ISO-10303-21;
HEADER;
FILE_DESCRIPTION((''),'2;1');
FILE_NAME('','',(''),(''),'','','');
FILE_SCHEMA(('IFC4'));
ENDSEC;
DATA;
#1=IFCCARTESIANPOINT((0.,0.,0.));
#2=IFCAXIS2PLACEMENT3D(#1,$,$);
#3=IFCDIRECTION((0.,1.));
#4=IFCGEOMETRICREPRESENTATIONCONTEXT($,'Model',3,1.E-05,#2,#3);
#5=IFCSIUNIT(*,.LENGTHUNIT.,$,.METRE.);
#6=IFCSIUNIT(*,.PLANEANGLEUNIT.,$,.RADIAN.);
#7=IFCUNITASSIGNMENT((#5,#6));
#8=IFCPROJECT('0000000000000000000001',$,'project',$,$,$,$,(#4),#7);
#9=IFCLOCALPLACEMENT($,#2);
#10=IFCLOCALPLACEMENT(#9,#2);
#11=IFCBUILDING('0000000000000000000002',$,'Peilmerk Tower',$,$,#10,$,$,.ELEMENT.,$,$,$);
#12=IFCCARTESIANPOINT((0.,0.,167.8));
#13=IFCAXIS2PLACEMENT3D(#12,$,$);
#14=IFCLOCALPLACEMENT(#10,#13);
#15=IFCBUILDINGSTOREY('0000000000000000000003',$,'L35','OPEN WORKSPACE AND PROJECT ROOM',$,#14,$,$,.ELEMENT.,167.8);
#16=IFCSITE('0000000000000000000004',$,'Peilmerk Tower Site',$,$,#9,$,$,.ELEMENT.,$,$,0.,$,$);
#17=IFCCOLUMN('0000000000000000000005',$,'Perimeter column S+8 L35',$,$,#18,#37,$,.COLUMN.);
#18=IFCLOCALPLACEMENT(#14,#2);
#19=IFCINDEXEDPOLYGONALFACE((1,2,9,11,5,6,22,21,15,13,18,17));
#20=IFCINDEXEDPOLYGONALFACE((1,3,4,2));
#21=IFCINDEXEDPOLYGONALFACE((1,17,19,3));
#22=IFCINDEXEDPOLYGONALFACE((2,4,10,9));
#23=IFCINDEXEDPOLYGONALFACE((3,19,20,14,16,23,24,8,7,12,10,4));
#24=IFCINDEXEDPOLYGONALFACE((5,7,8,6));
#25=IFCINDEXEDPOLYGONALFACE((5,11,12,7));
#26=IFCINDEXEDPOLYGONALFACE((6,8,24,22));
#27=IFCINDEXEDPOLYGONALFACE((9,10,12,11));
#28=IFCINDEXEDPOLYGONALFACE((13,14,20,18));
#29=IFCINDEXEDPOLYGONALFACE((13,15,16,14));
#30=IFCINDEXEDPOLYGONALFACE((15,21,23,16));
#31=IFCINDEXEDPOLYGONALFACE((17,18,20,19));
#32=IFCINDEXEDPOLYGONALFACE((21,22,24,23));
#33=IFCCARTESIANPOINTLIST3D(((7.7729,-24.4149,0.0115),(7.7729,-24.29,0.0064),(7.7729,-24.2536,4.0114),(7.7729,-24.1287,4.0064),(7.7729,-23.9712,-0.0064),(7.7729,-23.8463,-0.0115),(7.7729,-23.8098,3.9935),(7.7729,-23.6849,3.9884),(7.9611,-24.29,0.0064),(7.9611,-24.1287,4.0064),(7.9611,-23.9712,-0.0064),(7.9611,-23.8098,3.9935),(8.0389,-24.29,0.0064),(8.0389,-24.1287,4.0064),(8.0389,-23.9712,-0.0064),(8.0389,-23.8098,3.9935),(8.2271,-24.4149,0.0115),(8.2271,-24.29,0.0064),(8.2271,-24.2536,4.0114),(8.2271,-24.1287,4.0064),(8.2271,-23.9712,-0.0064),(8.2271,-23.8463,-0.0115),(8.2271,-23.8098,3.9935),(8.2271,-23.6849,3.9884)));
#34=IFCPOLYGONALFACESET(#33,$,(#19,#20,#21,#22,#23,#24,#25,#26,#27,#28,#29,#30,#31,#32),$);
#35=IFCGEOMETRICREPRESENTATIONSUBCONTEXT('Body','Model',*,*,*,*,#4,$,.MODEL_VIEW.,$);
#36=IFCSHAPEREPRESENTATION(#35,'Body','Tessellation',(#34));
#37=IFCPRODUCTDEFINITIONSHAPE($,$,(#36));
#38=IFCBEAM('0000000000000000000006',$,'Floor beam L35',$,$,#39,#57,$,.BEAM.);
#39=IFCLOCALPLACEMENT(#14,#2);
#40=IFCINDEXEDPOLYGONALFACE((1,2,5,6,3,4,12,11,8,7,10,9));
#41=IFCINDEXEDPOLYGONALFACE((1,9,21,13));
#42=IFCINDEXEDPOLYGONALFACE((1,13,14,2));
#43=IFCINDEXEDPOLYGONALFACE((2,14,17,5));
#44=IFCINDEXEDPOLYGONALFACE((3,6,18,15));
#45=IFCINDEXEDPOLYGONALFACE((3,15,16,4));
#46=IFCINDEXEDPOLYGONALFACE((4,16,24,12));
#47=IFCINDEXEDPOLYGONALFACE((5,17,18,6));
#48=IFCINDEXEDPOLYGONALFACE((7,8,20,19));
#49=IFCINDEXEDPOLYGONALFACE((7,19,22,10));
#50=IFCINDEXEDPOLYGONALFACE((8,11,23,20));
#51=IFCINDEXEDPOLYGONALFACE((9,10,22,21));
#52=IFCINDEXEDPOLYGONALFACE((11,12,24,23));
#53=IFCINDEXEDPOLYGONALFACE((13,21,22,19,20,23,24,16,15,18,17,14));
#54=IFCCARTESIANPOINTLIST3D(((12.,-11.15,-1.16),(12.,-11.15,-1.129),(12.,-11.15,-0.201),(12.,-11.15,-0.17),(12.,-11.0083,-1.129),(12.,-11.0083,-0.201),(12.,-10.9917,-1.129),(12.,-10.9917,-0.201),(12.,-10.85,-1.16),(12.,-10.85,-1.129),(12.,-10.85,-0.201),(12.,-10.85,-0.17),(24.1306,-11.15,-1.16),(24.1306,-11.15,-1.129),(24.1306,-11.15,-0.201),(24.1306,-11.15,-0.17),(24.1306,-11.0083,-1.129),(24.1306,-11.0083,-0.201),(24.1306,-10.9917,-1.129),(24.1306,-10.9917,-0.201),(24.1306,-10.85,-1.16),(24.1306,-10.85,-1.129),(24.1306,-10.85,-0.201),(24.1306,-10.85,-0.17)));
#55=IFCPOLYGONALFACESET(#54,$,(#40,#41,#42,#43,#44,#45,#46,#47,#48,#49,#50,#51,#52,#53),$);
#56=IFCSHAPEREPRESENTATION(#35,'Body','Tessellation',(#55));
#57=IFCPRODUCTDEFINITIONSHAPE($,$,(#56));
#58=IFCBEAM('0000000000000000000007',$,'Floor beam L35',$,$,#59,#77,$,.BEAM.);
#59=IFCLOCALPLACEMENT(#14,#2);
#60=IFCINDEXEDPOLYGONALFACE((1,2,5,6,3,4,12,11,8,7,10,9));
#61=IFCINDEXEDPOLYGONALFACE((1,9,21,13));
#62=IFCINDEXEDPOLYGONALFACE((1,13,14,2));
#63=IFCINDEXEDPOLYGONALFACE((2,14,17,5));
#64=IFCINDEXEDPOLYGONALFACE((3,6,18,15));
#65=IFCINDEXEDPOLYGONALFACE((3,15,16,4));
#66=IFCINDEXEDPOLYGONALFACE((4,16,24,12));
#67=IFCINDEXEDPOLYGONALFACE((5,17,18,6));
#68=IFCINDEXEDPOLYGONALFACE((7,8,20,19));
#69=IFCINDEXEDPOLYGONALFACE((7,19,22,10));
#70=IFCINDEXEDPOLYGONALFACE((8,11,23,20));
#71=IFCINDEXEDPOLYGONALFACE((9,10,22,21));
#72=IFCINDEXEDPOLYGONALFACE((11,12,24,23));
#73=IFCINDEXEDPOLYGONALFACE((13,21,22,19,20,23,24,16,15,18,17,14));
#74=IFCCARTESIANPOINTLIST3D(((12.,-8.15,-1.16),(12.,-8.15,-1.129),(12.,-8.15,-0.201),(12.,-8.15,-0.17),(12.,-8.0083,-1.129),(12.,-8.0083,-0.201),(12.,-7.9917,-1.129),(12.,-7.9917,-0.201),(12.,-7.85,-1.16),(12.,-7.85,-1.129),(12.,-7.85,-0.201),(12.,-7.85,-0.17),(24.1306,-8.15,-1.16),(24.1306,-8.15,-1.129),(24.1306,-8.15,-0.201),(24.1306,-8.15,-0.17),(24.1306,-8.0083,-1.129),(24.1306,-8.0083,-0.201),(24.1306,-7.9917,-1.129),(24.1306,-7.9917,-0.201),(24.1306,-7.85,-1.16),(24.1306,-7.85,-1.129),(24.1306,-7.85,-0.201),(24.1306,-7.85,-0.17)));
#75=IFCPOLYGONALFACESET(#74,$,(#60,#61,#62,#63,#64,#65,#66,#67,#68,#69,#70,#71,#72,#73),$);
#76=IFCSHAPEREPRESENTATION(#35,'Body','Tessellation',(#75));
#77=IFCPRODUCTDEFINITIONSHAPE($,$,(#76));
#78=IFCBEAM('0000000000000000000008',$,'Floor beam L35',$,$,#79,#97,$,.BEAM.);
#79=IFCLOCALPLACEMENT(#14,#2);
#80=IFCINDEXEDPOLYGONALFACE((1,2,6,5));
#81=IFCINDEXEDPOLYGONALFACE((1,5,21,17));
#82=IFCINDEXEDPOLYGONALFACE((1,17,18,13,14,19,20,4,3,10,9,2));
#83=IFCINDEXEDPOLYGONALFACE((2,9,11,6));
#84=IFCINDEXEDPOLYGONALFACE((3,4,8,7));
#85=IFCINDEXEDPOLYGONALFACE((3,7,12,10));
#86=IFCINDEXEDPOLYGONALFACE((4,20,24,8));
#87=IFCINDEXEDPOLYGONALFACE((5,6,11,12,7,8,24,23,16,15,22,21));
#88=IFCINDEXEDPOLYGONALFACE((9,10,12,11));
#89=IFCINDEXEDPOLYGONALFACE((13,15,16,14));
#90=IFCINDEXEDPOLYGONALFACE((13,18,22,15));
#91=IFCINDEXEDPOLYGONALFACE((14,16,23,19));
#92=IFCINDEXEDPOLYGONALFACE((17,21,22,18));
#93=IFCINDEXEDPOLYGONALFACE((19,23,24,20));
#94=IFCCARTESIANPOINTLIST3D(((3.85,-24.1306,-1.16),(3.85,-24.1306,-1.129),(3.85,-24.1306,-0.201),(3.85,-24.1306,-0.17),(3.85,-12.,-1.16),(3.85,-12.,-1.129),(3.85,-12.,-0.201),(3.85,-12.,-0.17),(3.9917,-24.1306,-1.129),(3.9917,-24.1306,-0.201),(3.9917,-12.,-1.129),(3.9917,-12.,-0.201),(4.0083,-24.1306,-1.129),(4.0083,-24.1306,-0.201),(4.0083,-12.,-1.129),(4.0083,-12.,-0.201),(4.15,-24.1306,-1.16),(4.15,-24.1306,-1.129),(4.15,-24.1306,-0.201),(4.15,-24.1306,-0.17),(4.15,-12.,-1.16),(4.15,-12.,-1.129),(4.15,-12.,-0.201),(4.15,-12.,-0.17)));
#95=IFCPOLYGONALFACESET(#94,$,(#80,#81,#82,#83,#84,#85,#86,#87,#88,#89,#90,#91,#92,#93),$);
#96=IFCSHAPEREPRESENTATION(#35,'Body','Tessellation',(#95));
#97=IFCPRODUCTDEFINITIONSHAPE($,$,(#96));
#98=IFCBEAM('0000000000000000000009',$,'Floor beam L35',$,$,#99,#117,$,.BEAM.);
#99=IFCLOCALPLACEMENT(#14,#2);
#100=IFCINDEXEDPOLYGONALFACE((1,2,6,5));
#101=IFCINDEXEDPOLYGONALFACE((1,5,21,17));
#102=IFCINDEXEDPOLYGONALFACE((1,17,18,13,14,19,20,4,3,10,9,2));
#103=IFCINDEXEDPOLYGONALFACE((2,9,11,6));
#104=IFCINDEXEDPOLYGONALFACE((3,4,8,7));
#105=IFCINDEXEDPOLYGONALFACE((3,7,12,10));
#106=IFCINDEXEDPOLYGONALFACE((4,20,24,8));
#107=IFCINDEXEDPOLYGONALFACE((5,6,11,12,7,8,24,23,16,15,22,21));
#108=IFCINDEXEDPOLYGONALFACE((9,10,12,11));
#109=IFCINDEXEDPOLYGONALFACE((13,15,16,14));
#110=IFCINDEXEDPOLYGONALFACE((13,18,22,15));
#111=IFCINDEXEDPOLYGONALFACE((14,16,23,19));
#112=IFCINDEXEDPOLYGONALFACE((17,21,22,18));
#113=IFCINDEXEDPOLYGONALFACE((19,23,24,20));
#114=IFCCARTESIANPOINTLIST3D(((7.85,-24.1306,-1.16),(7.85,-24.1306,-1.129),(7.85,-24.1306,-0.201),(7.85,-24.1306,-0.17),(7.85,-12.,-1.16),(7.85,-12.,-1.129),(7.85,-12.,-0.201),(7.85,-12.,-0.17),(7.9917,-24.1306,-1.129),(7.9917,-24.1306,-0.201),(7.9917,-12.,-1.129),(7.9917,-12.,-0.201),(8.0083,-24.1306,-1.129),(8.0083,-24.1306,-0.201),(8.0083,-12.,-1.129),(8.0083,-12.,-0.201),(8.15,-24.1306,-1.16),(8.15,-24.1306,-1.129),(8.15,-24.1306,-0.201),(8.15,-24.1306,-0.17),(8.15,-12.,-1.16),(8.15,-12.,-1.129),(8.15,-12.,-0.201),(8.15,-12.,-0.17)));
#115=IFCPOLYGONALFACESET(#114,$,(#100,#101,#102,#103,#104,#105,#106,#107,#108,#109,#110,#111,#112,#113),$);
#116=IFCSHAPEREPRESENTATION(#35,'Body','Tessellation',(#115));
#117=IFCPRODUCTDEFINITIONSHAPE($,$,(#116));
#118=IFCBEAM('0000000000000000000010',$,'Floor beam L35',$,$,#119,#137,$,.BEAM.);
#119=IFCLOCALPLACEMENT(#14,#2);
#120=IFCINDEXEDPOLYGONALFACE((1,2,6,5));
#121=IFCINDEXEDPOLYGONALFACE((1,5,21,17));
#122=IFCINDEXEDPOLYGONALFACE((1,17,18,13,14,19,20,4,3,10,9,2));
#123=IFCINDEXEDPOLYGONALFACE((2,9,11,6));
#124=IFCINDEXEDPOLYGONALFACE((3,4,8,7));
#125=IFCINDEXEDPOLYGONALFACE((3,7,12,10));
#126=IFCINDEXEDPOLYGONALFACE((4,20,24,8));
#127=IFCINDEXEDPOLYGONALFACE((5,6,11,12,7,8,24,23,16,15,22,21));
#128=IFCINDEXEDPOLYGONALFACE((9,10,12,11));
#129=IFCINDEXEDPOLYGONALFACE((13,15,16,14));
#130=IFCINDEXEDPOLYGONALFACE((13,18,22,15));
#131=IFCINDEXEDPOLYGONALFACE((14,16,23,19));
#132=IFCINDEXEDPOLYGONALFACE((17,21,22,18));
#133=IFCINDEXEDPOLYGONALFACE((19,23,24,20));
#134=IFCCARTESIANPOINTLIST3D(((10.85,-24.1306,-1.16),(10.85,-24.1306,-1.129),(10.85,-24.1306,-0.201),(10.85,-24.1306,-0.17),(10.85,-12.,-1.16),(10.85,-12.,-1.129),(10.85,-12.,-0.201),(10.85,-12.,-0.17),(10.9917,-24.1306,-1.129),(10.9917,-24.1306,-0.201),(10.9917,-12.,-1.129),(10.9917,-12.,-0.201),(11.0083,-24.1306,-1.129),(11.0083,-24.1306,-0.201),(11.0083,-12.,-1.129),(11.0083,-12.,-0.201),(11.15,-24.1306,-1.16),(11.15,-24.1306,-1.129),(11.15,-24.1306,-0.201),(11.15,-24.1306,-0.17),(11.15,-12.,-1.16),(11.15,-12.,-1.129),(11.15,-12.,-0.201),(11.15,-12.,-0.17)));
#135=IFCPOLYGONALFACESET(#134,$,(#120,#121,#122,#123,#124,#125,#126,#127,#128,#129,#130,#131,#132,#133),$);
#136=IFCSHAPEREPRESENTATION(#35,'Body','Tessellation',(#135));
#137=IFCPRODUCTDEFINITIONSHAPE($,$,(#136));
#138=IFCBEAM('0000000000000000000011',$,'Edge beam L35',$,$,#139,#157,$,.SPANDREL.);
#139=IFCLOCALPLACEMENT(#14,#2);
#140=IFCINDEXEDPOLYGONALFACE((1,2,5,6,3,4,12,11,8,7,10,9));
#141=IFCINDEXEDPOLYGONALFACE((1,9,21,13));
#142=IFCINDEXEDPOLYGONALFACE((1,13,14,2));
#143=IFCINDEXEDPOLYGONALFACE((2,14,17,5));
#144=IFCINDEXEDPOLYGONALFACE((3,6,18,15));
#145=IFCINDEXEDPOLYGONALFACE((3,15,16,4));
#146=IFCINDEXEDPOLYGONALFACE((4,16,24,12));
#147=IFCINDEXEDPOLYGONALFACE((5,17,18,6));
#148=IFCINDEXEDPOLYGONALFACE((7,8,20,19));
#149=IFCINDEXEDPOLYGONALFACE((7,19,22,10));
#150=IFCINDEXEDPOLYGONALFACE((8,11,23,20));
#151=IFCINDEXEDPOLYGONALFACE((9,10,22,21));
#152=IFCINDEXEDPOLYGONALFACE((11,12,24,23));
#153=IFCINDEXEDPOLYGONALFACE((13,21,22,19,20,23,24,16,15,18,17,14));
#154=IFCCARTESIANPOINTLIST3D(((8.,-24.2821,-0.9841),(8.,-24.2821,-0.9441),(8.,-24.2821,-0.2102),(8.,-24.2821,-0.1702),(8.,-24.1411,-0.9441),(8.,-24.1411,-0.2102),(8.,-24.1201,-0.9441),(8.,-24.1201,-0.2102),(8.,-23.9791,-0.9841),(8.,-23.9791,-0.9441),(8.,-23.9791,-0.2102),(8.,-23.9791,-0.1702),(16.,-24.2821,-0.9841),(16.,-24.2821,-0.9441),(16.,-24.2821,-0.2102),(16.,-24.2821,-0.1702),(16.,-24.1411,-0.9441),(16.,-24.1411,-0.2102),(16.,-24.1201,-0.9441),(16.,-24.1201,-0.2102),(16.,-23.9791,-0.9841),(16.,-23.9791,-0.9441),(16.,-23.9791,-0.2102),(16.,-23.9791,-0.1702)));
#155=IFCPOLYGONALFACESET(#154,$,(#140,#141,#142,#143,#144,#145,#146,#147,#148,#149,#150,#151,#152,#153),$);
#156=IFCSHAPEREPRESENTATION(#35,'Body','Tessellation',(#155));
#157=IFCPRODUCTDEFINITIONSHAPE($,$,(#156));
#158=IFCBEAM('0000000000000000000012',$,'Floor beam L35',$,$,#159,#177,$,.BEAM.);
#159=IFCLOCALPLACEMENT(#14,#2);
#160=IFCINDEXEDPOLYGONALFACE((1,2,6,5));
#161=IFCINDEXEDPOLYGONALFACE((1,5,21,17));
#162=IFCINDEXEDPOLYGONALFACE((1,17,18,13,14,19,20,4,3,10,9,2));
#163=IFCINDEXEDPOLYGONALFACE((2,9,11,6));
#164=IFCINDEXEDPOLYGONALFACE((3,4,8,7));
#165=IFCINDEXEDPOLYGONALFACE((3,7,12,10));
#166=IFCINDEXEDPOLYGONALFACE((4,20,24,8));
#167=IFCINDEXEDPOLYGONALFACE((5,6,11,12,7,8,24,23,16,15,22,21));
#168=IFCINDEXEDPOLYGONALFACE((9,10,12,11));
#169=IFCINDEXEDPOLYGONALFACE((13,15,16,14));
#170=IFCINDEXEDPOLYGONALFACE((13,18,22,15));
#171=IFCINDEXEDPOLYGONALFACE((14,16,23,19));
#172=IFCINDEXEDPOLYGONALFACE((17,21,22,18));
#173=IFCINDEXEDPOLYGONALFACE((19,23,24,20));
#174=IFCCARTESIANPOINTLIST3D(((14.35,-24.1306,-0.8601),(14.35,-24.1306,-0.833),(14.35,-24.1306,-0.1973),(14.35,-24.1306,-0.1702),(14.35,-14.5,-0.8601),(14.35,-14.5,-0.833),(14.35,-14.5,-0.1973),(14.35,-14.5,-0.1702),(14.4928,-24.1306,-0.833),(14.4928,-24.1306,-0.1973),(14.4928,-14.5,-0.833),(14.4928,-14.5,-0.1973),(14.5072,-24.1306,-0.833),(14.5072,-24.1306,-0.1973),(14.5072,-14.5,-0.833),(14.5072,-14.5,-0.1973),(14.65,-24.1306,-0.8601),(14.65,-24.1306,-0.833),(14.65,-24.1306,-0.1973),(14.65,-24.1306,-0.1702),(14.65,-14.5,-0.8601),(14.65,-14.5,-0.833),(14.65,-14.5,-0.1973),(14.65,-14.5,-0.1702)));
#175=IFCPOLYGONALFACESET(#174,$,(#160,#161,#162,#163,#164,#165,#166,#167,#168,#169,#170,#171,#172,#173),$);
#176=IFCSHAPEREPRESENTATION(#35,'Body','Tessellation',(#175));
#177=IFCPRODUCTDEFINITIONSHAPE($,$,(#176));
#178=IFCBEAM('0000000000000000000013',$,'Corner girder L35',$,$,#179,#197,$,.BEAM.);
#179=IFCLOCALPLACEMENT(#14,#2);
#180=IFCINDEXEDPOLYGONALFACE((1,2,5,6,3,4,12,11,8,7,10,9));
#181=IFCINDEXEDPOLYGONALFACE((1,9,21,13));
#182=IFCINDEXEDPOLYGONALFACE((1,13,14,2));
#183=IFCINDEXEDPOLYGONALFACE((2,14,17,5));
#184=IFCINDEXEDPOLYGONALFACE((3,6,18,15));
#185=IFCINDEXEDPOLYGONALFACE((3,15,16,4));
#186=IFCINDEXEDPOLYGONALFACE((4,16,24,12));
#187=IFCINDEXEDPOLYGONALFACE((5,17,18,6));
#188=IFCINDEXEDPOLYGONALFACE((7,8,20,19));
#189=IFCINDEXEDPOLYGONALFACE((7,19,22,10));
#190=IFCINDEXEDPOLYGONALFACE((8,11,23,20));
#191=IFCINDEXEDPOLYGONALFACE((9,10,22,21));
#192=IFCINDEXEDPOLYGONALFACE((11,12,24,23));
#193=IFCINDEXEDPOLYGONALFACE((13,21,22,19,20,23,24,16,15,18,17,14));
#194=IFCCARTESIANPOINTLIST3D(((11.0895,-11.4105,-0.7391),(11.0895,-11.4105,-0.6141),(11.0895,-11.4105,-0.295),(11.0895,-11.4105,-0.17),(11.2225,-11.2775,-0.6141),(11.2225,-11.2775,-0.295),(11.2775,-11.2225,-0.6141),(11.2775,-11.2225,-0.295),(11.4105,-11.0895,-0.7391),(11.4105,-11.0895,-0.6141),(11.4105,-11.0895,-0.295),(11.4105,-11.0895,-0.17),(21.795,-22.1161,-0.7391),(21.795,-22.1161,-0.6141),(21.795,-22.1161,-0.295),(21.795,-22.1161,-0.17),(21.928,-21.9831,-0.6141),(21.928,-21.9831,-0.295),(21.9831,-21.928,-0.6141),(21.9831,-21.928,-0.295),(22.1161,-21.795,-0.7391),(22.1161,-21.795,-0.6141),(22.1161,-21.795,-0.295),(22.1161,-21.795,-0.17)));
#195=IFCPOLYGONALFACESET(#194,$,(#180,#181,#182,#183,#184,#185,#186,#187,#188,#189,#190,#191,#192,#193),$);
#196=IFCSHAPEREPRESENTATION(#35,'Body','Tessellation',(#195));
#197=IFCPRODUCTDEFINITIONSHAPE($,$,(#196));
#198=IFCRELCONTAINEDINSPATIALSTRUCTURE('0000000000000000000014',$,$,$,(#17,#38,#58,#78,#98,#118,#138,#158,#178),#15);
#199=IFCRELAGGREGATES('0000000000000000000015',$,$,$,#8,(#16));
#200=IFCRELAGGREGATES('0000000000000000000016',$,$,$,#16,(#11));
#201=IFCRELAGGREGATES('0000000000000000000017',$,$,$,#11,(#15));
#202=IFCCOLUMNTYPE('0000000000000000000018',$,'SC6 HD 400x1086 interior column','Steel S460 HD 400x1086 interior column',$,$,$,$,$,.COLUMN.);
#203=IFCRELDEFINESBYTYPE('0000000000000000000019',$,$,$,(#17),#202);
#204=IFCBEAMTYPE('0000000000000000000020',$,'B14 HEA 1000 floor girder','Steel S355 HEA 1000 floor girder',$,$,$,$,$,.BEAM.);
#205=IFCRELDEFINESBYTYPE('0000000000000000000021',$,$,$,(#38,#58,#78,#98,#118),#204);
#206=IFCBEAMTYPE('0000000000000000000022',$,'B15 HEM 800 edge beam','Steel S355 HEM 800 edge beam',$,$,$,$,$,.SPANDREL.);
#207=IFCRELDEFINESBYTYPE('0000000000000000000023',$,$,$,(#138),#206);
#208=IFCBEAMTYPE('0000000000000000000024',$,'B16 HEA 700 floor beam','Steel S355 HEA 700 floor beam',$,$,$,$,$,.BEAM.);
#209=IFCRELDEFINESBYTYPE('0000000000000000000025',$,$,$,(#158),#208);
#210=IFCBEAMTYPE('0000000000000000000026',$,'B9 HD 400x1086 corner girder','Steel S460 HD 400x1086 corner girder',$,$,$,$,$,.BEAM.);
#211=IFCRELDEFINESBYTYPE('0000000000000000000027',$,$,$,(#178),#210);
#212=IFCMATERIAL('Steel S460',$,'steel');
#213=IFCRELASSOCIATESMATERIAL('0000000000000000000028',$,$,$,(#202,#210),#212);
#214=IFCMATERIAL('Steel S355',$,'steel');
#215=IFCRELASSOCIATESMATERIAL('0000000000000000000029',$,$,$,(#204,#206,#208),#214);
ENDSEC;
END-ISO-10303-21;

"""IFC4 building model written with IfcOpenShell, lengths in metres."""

from ifc_helpers import new_model, si_unit, direction, frame, origin, origin_2d, place, context, subcontext, project, spatial, i_section, extrude, material, material_profile, profile_set, type_object, element, save


model = new_model("IFC4")

# Units and contexts
model_context = context("Model", 3, precision=1e-05, world=origin(), true_north=direction((0.0, 1.0)))
body_context = subcontext(model_context, "Body", "Model", "MODEL_VIEW")
ifc_project = project(units=[si_unit("LENGTHUNIT", "METRE"), si_unit("PLANEANGLEUNIT", "RADIAN")], contexts=[model_context])

# Site, building, storey
site_placement = place(None, origin())
site = spatial("IfcSite", under=ifc_project, at=site_placement, Name="Peilmerk Tower Site", CompositionType="ELEMENT", RefElevation=0.0)
building_placement = place(site_placement, origin())
building = spatial("IfcBuilding", under=site, at=building_placement, Name="Peilmerk Tower", CompositionType="ELEMENT")
storey_placement = place(building_placement, frame((0.0, 0.0, 167.8)))
storey = spatial("IfcBuildingStorey", under=building, at=storey_placement, Name="L35", Description="OPEN WORKSPACE AND PROJECT ROOM", CompositionType="ELEMENT", Elevation=167.8)

# Column
ifc_material_1 = material(Name="Steel S460", Category="steel")
ifc_material_profile_1 = material_profile(ifc_material_1, i_section(OverallWidth=0.4541, OverallDepth=0.5691, WebThickness=0.0779, FlangeThickness=0.125, at=origin_2d()), Name="HD 400x1086")
ifc_profile_set_1 = profile_set([ifc_material_profile_1], Name="Steel S460")
column_type = type_object("IfcColumnType", Name="SC6 HD 400x1086 interior column", Description="Steel S460 HD 400x1086 interior column", PredefinedType="COLUMN", material=ifc_profile_set_1)
column_placement = place(storey_placement, frame((8.0, -24.1306, 0.0), z_axis=(0.0, 0.040311, 0.999187), x_axis=(-1.0, 0.0, 0.0)))
element("IfcColumn", 1, at=column_placement, inside=storey, type_object=column_type, Name="Perimeter column S+8 L35", PredefinedType="COLUMN", context=body_context, shape_type="SweptSolid", body=[
    extrude(i_section(OverallWidth=0.4541, OverallDepth=0.5691, WebThickness=0.0779, FlangeThickness=0.125, at=origin_2d()), origin(), (0.0, 0.0, 1.0), 4.0032),
])

# Beams
ifc_material_2 = material(Name="Steel S355", Category="steel")
ifc_material_profile_2 = material_profile(ifc_material_2, i_section(OverallWidth=0.3, OverallDepth=0.99, WebThickness=0.0166, FlangeThickness=0.031, at=origin_2d()), Name="HEA 1000")
ifc_profile_set_2 = profile_set([ifc_material_profile_2], Name="Steel S355")
beam_type_1 = type_object("IfcBeamType", Name="B14 HEA 1000 floor girder", Description="Steel S355 HEA 1000 floor girder", PredefinedType="BEAM", material=ifc_profile_set_2)
for number, where, z_axis, x_axis, name in (
    (2, (12.0, -11.0, -0.665), (1.0, 0.0, 0.0), (0.0, 1.0, 0.0), "Floor beam L35"),
    (3, (12.0, -8.0, -0.665), (1.0, 0.0, 0.0), (0.0, 1.0, 0.0), "Floor beam L35"),
    (4, (4.0, -12.0, -0.665), (0.0, -1.0, 0.0), (1.0, 0.0, 0.0), "Floor beam L35"),
    (5, (8.0, -12.0, -0.665), (0.0, -1.0, 0.0), (1.0, 0.0, 0.0), "Floor beam L35"),
    (6, (11.0, -12.0, -0.665), (0.0, -1.0, 0.0), (1.0, 0.0, 0.0), "Floor beam L35"),
):
    element("IfcBeam", number, at=place(storey_placement, frame(where, z_axis=z_axis, x_axis=x_axis)), inside=storey, type_object=beam_type_1, Name=name, PredefinedType="BEAM", context=body_context, shape_type="SweptSolid", body=[
        extrude(i_section(OverallWidth=0.3, OverallDepth=0.99, WebThickness=0.0166, FlangeThickness=0.031, at=origin_2d()), origin(), (0.0, 0.0, 1.0), 12.1306),
    ])
ifc_material_profile_3 = material_profile(ifc_material_2, i_section(OverallWidth=0.303, OverallDepth=0.814, WebThickness=0.021, FlangeThickness=0.04, at=origin_2d()), Name="HEM 800")
ifc_profile_set_3 = profile_set([ifc_material_profile_3], Name="Steel S355")
beam_type_2 = type_object("IfcBeamType", Name="B15 HEM 800 edge beam", Description="Steel S355 HEM 800 edge beam", PredefinedType="SPANDREL", material=ifc_profile_set_3)
beam_1_placement = place(storey_placement, frame((8.0, -24.1306, -0.5771), z_axis=(1.0, 0.0, 0.0), x_axis=(0.0, 1.0, 0.0)))
element("IfcBeam", 7, at=beam_1_placement, inside=storey, type_object=beam_type_2, Name="Edge beam L35", PredefinedType="SPANDREL", context=body_context, shape_type="SweptSolid", body=[
    extrude(i_section(OverallWidth=0.303, OverallDepth=0.814, WebThickness=0.021, FlangeThickness=0.04, at=origin_2d()), origin(), (0.0, 0.0, 1.0), 8.0),
])
ifc_material_profile_4 = material_profile(ifc_material_2, i_section(OverallWidth=0.3, OverallDepth=0.6899, WebThickness=0.0144, FlangeThickness=0.0271, at=origin_2d()), Name="HEA 700")
ifc_profile_set_4 = profile_set([ifc_material_profile_4], Name="Steel S355")
beam_type_3 = type_object("IfcBeamType", Name="B16 HEA 700 floor beam", Description="Steel S355 HEA 700 floor beam", PredefinedType="BEAM", material=ifc_profile_set_4)
beam_2_placement = place(storey_placement, frame((14.5, -14.5, -0.5151), z_axis=(0.0, -1.0, 0.0), x_axis=(1.0, 0.0, 0.0)))
element("IfcBeam", 8, at=beam_2_placement, inside=storey, type_object=beam_type_3, Name="Floor beam L35", PredefinedType="BEAM", context=body_context, shape_type="SweptSolid", body=[
    extrude(i_section(OverallWidth=0.3, OverallDepth=0.6899, WebThickness=0.0144, FlangeThickness=0.0271, at=origin_2d()), origin(), (0.0, 0.0, 1.0), 9.6306),
])
ifc_material_profile_5 = material_profile(ifc_material_1, i_section(OverallWidth=0.4541, OverallDepth=0.5691, WebThickness=0.0779, FlangeThickness=0.125, at=origin_2d()), Name="HD 400x1086")
ifc_profile_set_5 = profile_set([ifc_material_profile_5], Name="Steel S460")
beam_type_4 = type_object("IfcBeamType", Name="B9 HD 400x1086 corner girder", Description="Steel S460 HD 400x1086 corner girder", PredefinedType="BEAM", material=ifc_profile_set_5)
beam_3_placement = place(storey_placement, frame((11.25, -11.25, -0.4546), z_axis=(0.707107, -0.707107, 0.0), x_axis=(0.707107, 0.707107, 0.0)))
element("IfcBeam", 9, at=beam_3_placement, inside=storey, type_object=beam_type_4, Name="Corner girder L35", PredefinedType="BEAM", context=body_context, shape_type="SweptSolid", body=[
    extrude(i_section(OverallWidth=0.4541, OverallDepth=0.5691, WebThickness=0.0779, FlangeThickness=0.125, at=origin_2d()), origin(), (0.0, 0.0, 1.0), 15.1399),
])

save(model, "model.ifc")
